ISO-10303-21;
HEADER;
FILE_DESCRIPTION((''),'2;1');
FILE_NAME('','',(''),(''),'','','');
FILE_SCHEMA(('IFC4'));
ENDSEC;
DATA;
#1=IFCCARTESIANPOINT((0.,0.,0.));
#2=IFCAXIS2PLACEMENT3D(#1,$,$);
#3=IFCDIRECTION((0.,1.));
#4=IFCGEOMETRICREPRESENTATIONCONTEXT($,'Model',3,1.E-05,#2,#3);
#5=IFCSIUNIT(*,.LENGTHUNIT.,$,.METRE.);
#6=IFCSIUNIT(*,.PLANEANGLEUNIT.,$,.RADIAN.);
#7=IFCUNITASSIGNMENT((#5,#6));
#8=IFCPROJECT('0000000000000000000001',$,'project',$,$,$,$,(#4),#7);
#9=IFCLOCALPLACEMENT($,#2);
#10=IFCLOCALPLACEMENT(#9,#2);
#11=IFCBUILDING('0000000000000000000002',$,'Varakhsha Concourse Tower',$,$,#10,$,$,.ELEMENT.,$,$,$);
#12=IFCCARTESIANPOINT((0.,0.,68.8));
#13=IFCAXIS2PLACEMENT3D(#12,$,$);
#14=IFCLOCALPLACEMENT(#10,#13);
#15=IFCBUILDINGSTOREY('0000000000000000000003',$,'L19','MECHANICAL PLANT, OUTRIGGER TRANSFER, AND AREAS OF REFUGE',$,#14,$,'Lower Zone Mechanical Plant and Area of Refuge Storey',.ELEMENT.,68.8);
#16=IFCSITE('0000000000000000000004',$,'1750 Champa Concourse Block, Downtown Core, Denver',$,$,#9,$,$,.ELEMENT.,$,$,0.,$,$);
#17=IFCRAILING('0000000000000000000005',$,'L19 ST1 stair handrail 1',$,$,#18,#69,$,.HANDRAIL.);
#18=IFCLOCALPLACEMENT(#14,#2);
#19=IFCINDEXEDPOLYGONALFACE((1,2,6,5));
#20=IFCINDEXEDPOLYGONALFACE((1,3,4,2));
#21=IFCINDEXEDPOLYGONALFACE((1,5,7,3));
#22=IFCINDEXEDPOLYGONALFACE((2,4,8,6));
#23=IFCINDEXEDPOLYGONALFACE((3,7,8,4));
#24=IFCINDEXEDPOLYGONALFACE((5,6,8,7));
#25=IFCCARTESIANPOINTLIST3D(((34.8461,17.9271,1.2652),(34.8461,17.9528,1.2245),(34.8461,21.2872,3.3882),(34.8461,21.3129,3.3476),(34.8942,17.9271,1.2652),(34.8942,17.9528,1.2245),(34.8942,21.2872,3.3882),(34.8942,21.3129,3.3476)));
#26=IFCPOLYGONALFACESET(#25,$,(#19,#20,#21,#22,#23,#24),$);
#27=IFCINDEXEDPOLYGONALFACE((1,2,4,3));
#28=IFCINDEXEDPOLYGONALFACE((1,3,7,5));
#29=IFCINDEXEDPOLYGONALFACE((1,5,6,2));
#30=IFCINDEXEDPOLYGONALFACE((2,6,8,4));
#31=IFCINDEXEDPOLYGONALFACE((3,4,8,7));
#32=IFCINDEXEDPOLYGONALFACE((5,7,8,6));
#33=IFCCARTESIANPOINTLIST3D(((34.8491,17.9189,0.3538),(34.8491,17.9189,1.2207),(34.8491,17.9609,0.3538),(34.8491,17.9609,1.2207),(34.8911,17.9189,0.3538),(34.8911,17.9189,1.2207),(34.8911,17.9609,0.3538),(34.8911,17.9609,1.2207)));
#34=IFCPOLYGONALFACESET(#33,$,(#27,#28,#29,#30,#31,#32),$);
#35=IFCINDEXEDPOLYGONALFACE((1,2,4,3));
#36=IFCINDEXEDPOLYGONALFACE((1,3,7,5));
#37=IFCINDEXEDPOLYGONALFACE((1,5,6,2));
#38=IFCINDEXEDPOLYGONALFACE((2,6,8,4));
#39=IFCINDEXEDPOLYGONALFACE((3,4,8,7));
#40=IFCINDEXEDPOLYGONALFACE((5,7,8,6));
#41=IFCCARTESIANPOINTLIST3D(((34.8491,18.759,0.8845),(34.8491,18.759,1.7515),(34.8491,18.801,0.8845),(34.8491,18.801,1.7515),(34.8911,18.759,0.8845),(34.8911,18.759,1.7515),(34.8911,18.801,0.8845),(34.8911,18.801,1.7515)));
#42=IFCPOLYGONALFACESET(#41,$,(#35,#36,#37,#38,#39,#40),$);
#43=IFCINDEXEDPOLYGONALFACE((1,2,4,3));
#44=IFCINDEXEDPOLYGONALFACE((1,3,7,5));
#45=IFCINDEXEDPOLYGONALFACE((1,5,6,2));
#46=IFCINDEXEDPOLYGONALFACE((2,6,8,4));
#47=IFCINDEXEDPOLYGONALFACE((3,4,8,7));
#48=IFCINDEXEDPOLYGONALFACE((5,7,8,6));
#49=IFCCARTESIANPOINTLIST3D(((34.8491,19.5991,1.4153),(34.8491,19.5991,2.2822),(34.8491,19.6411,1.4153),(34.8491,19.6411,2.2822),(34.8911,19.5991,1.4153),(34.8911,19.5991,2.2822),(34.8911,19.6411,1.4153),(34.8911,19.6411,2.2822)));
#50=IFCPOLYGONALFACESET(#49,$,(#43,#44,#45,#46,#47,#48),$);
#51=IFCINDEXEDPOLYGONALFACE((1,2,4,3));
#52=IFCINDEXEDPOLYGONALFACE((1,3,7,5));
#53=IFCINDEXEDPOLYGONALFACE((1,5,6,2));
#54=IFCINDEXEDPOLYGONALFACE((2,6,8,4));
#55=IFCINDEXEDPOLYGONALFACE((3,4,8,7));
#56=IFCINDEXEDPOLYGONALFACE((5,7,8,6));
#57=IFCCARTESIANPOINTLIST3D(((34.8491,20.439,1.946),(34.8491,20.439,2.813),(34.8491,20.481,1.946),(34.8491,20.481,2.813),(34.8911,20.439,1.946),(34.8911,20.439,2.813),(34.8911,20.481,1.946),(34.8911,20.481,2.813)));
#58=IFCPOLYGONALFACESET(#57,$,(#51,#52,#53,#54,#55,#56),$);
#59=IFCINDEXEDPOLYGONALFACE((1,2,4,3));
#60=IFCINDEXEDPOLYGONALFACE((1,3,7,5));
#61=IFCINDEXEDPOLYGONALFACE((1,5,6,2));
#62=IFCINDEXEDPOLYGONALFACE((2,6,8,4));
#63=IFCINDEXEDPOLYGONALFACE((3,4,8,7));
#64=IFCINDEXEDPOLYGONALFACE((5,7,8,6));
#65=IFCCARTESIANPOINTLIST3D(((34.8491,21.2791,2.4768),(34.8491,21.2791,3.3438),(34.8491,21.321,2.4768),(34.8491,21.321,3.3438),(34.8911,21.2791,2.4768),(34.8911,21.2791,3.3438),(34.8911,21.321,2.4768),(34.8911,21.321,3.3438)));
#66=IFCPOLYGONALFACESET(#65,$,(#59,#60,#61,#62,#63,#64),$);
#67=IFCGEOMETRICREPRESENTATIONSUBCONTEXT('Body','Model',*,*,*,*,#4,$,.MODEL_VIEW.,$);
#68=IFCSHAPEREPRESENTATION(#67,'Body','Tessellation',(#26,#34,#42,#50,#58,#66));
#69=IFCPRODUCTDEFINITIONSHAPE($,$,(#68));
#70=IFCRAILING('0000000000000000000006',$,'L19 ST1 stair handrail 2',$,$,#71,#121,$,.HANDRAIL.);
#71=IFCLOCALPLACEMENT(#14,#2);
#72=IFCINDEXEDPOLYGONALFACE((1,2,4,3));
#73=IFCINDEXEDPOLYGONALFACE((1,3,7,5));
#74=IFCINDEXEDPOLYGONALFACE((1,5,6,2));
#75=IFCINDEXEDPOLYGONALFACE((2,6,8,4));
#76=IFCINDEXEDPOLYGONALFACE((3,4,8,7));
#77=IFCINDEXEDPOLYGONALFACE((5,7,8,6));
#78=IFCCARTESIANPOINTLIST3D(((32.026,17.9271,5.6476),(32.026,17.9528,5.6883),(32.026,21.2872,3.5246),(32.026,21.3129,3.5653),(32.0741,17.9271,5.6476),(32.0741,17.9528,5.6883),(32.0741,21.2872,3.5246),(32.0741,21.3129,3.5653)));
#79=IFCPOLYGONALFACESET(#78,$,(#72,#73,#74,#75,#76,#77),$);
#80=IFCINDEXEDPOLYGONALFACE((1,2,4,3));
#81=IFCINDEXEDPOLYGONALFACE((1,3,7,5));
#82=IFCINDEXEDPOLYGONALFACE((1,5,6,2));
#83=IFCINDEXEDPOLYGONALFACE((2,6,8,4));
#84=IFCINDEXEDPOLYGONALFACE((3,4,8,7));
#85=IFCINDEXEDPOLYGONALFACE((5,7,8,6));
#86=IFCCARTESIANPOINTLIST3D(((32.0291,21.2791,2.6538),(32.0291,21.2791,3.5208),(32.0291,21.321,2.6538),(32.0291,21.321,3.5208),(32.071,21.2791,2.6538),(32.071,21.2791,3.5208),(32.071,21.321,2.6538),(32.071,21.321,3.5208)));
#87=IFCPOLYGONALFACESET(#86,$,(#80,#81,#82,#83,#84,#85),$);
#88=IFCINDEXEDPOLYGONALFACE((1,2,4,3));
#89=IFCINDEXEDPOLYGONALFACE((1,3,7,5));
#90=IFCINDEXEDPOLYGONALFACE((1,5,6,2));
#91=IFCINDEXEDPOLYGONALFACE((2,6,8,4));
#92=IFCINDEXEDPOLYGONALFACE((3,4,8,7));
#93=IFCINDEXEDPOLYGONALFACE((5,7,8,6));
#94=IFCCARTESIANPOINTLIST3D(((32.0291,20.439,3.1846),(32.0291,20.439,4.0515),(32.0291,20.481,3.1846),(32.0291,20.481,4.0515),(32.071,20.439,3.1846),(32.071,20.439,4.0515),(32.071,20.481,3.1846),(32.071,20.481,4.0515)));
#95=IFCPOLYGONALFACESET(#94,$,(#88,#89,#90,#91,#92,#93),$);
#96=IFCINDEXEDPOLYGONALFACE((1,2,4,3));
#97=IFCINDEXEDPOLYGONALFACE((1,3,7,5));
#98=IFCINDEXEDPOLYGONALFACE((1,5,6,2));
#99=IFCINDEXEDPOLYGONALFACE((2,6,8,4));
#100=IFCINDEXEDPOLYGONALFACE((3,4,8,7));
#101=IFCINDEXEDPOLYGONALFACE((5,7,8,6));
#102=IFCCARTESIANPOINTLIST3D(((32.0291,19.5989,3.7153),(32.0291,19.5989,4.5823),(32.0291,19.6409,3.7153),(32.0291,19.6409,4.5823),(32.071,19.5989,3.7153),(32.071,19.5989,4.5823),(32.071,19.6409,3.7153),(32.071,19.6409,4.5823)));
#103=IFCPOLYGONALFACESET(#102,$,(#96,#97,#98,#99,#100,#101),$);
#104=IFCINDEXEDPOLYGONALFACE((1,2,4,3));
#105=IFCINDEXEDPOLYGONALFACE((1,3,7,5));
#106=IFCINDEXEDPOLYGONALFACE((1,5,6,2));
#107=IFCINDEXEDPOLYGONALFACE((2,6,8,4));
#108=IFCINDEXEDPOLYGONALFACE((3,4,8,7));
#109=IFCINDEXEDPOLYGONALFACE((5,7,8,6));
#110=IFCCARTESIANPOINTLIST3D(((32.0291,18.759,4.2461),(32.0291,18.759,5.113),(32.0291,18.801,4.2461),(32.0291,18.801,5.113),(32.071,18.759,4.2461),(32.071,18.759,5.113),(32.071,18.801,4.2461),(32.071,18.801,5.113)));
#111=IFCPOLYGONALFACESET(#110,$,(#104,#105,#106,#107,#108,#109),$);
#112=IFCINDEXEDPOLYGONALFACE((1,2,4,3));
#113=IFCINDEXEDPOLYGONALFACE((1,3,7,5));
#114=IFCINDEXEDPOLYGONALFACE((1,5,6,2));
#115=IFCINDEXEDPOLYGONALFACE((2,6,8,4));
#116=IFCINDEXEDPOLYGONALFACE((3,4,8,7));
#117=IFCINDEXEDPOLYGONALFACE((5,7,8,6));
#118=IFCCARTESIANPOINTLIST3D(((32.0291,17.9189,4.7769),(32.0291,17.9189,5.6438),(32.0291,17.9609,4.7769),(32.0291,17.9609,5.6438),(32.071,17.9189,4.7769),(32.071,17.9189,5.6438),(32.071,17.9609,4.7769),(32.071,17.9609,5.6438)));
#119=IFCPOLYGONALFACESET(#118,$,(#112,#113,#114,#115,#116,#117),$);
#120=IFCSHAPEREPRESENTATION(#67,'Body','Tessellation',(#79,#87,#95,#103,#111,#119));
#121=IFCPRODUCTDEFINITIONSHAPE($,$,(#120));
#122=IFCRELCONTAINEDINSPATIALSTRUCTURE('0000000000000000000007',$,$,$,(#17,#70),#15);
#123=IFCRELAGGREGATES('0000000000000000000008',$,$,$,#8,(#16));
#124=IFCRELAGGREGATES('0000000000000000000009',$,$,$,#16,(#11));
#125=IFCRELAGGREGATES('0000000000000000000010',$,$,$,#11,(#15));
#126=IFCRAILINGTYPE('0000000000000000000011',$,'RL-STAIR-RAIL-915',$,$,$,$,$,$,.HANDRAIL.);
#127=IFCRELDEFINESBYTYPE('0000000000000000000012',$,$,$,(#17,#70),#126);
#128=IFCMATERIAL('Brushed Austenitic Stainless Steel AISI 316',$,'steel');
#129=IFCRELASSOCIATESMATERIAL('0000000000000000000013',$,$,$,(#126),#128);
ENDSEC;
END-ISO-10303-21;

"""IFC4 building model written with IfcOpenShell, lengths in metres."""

from ifc_helpers import new_model, si_unit, direction, frame, origin, origin_2d, place, context, subcontext, project, spatial, rectangle, extrude, material, type_object, element, save


model = new_model("IFC4")

# Units and contexts
model_context = context("Model", 3, precision=1e-05, world=origin(), true_north=direction((0.0, 1.0)))
body_context = subcontext(model_context, "Body", "Model", "MODEL_VIEW")
ifc_project = project(units=[si_unit("LENGTHUNIT", "METRE"), si_unit("PLANEANGLEUNIT", "RADIAN")], contexts=[model_context])

# Site, building, storey
site_placement = place(None, origin())
site = spatial("IfcSite", under=ifc_project, at=site_placement, Name="1750 Champa Concourse Block, Downtown Core, Denver", CompositionType="ELEMENT", RefElevation=0.0)
building_placement = place(site_placement, origin())
building = spatial("IfcBuilding", under=site, at=building_placement, Name="Varakhsha Concourse Tower", CompositionType="ELEMENT")
storey_placement = place(building_placement, frame((0.0, 0.0, 68.8)))
storey = spatial("IfcBuildingStorey", under=building, at=storey_placement, Name="L19", Description="MECHANICAL PLANT, OUTRIGGER TRANSFER, AND AREAS OF REFUGE", LongName="Lower Zone Mechanical Plant and Area of Refuge Storey", CompositionType="ELEMENT", Elevation=68.8)

# Railings
ifc_material_1 = material(Name="Brushed Austenitic Stainless Steel AISI 316", Category="steel")
railing_type_1 = type_object("IfcRailingType", Name="RL-STAIR-RAIL-915", PredefinedType="HANDRAIL", material=ifc_material_1)
railing_1_placement = place(storey_placement, frame((34.8701, 17.9399, 0.3538)))
element("IfcRailing", 1, at=railing_1_placement, inside=storey, type_object=railing_type_1, Name="L19 ST1 stair handrail 1", PredefinedType="HANDRAIL", context=body_context, shape_type="SweptSolid", body=[
    extrude(rectangle(XDim=0.0481, YDim=0.0481, at=origin_2d()), frame((0.0, 0.0, 0.8911), z_axis=(0.0, 0.84539, 0.53415), x_axis=(-1.0, 0.0, 0.0)), (0.0, 0.0, 1.0), 3.9746),
    extrude(rectangle(XDim=0.042, YDim=0.042, at=origin_2d()), origin(), (0.0, 0.0, 1.0), 0.8669),
    extrude(rectangle(XDim=0.042, YDim=0.042, at=origin_2d()), frame((0.0, 0.8401, 0.5308)), (0.0, 0.0, 1.0), 0.8669),
    extrude(rectangle(XDim=0.042, YDim=0.042, at=origin_2d()), frame((0.0, 1.6802, 1.0615)), (0.0, 0.0, 1.0), 0.8669),
    extrude(rectangle(XDim=0.042, YDim=0.042, at=origin_2d()), frame((0.0, 2.52, 1.5923)), (0.0, 0.0, 1.0), 0.8669),
    extrude(rectangle(XDim=0.042, YDim=0.042, at=origin_2d()), frame((0.0, 3.3601, 2.123)), (0.0, 0.0, 1.0), 0.8669),
])
railing_2_placement = place(storey_placement, frame((32.05, 21.3, 2.6538)))
element("IfcRailing", 2, at=railing_2_placement, inside=storey, type_object=railing_type_1, Name="L19 ST1 stair handrail 2", PredefinedType="HANDRAIL", context=body_context, shape_type="SweptSolid", body=[
    extrude(rectangle(XDim=0.0481, YDim=0.0481, at=origin_2d()), frame((0.0, 0.0, 0.8911), z_axis=(0.0, -0.84539, 0.53415), x_axis=(1.0, 0.0, 0.0)), (0.0, 0.0, 1.0), 3.9746),
    extrude(rectangle(XDim=0.042, YDim=0.042, at=origin_2d()), origin(), (0.0, 0.0, 1.0), 0.8669),
    extrude(rectangle(XDim=0.042, YDim=0.042, at=origin_2d()), frame((0.0, -0.8401, 0.5308)), (0.0, 0.0, 1.0), 0.8669),
    extrude(rectangle(XDim=0.042, YDim=0.042, at=origin_2d()), frame((0.0, -1.6802, 1.0615)), (0.0, 0.0, 1.0), 0.8669),
    extrude(rectangle(XDim=0.042, YDim=0.042, at=origin_2d()), frame((0.0, -2.52, 1.5923)), (0.0, 0.0, 1.0), 0.8669),
    extrude(rectangle(XDim=0.042, YDim=0.042, at=origin_2d()), frame((0.0, -3.3601, 2.123)), (0.0, 0.0, 1.0), 0.8669),
])

save(model, "model.ifc")
